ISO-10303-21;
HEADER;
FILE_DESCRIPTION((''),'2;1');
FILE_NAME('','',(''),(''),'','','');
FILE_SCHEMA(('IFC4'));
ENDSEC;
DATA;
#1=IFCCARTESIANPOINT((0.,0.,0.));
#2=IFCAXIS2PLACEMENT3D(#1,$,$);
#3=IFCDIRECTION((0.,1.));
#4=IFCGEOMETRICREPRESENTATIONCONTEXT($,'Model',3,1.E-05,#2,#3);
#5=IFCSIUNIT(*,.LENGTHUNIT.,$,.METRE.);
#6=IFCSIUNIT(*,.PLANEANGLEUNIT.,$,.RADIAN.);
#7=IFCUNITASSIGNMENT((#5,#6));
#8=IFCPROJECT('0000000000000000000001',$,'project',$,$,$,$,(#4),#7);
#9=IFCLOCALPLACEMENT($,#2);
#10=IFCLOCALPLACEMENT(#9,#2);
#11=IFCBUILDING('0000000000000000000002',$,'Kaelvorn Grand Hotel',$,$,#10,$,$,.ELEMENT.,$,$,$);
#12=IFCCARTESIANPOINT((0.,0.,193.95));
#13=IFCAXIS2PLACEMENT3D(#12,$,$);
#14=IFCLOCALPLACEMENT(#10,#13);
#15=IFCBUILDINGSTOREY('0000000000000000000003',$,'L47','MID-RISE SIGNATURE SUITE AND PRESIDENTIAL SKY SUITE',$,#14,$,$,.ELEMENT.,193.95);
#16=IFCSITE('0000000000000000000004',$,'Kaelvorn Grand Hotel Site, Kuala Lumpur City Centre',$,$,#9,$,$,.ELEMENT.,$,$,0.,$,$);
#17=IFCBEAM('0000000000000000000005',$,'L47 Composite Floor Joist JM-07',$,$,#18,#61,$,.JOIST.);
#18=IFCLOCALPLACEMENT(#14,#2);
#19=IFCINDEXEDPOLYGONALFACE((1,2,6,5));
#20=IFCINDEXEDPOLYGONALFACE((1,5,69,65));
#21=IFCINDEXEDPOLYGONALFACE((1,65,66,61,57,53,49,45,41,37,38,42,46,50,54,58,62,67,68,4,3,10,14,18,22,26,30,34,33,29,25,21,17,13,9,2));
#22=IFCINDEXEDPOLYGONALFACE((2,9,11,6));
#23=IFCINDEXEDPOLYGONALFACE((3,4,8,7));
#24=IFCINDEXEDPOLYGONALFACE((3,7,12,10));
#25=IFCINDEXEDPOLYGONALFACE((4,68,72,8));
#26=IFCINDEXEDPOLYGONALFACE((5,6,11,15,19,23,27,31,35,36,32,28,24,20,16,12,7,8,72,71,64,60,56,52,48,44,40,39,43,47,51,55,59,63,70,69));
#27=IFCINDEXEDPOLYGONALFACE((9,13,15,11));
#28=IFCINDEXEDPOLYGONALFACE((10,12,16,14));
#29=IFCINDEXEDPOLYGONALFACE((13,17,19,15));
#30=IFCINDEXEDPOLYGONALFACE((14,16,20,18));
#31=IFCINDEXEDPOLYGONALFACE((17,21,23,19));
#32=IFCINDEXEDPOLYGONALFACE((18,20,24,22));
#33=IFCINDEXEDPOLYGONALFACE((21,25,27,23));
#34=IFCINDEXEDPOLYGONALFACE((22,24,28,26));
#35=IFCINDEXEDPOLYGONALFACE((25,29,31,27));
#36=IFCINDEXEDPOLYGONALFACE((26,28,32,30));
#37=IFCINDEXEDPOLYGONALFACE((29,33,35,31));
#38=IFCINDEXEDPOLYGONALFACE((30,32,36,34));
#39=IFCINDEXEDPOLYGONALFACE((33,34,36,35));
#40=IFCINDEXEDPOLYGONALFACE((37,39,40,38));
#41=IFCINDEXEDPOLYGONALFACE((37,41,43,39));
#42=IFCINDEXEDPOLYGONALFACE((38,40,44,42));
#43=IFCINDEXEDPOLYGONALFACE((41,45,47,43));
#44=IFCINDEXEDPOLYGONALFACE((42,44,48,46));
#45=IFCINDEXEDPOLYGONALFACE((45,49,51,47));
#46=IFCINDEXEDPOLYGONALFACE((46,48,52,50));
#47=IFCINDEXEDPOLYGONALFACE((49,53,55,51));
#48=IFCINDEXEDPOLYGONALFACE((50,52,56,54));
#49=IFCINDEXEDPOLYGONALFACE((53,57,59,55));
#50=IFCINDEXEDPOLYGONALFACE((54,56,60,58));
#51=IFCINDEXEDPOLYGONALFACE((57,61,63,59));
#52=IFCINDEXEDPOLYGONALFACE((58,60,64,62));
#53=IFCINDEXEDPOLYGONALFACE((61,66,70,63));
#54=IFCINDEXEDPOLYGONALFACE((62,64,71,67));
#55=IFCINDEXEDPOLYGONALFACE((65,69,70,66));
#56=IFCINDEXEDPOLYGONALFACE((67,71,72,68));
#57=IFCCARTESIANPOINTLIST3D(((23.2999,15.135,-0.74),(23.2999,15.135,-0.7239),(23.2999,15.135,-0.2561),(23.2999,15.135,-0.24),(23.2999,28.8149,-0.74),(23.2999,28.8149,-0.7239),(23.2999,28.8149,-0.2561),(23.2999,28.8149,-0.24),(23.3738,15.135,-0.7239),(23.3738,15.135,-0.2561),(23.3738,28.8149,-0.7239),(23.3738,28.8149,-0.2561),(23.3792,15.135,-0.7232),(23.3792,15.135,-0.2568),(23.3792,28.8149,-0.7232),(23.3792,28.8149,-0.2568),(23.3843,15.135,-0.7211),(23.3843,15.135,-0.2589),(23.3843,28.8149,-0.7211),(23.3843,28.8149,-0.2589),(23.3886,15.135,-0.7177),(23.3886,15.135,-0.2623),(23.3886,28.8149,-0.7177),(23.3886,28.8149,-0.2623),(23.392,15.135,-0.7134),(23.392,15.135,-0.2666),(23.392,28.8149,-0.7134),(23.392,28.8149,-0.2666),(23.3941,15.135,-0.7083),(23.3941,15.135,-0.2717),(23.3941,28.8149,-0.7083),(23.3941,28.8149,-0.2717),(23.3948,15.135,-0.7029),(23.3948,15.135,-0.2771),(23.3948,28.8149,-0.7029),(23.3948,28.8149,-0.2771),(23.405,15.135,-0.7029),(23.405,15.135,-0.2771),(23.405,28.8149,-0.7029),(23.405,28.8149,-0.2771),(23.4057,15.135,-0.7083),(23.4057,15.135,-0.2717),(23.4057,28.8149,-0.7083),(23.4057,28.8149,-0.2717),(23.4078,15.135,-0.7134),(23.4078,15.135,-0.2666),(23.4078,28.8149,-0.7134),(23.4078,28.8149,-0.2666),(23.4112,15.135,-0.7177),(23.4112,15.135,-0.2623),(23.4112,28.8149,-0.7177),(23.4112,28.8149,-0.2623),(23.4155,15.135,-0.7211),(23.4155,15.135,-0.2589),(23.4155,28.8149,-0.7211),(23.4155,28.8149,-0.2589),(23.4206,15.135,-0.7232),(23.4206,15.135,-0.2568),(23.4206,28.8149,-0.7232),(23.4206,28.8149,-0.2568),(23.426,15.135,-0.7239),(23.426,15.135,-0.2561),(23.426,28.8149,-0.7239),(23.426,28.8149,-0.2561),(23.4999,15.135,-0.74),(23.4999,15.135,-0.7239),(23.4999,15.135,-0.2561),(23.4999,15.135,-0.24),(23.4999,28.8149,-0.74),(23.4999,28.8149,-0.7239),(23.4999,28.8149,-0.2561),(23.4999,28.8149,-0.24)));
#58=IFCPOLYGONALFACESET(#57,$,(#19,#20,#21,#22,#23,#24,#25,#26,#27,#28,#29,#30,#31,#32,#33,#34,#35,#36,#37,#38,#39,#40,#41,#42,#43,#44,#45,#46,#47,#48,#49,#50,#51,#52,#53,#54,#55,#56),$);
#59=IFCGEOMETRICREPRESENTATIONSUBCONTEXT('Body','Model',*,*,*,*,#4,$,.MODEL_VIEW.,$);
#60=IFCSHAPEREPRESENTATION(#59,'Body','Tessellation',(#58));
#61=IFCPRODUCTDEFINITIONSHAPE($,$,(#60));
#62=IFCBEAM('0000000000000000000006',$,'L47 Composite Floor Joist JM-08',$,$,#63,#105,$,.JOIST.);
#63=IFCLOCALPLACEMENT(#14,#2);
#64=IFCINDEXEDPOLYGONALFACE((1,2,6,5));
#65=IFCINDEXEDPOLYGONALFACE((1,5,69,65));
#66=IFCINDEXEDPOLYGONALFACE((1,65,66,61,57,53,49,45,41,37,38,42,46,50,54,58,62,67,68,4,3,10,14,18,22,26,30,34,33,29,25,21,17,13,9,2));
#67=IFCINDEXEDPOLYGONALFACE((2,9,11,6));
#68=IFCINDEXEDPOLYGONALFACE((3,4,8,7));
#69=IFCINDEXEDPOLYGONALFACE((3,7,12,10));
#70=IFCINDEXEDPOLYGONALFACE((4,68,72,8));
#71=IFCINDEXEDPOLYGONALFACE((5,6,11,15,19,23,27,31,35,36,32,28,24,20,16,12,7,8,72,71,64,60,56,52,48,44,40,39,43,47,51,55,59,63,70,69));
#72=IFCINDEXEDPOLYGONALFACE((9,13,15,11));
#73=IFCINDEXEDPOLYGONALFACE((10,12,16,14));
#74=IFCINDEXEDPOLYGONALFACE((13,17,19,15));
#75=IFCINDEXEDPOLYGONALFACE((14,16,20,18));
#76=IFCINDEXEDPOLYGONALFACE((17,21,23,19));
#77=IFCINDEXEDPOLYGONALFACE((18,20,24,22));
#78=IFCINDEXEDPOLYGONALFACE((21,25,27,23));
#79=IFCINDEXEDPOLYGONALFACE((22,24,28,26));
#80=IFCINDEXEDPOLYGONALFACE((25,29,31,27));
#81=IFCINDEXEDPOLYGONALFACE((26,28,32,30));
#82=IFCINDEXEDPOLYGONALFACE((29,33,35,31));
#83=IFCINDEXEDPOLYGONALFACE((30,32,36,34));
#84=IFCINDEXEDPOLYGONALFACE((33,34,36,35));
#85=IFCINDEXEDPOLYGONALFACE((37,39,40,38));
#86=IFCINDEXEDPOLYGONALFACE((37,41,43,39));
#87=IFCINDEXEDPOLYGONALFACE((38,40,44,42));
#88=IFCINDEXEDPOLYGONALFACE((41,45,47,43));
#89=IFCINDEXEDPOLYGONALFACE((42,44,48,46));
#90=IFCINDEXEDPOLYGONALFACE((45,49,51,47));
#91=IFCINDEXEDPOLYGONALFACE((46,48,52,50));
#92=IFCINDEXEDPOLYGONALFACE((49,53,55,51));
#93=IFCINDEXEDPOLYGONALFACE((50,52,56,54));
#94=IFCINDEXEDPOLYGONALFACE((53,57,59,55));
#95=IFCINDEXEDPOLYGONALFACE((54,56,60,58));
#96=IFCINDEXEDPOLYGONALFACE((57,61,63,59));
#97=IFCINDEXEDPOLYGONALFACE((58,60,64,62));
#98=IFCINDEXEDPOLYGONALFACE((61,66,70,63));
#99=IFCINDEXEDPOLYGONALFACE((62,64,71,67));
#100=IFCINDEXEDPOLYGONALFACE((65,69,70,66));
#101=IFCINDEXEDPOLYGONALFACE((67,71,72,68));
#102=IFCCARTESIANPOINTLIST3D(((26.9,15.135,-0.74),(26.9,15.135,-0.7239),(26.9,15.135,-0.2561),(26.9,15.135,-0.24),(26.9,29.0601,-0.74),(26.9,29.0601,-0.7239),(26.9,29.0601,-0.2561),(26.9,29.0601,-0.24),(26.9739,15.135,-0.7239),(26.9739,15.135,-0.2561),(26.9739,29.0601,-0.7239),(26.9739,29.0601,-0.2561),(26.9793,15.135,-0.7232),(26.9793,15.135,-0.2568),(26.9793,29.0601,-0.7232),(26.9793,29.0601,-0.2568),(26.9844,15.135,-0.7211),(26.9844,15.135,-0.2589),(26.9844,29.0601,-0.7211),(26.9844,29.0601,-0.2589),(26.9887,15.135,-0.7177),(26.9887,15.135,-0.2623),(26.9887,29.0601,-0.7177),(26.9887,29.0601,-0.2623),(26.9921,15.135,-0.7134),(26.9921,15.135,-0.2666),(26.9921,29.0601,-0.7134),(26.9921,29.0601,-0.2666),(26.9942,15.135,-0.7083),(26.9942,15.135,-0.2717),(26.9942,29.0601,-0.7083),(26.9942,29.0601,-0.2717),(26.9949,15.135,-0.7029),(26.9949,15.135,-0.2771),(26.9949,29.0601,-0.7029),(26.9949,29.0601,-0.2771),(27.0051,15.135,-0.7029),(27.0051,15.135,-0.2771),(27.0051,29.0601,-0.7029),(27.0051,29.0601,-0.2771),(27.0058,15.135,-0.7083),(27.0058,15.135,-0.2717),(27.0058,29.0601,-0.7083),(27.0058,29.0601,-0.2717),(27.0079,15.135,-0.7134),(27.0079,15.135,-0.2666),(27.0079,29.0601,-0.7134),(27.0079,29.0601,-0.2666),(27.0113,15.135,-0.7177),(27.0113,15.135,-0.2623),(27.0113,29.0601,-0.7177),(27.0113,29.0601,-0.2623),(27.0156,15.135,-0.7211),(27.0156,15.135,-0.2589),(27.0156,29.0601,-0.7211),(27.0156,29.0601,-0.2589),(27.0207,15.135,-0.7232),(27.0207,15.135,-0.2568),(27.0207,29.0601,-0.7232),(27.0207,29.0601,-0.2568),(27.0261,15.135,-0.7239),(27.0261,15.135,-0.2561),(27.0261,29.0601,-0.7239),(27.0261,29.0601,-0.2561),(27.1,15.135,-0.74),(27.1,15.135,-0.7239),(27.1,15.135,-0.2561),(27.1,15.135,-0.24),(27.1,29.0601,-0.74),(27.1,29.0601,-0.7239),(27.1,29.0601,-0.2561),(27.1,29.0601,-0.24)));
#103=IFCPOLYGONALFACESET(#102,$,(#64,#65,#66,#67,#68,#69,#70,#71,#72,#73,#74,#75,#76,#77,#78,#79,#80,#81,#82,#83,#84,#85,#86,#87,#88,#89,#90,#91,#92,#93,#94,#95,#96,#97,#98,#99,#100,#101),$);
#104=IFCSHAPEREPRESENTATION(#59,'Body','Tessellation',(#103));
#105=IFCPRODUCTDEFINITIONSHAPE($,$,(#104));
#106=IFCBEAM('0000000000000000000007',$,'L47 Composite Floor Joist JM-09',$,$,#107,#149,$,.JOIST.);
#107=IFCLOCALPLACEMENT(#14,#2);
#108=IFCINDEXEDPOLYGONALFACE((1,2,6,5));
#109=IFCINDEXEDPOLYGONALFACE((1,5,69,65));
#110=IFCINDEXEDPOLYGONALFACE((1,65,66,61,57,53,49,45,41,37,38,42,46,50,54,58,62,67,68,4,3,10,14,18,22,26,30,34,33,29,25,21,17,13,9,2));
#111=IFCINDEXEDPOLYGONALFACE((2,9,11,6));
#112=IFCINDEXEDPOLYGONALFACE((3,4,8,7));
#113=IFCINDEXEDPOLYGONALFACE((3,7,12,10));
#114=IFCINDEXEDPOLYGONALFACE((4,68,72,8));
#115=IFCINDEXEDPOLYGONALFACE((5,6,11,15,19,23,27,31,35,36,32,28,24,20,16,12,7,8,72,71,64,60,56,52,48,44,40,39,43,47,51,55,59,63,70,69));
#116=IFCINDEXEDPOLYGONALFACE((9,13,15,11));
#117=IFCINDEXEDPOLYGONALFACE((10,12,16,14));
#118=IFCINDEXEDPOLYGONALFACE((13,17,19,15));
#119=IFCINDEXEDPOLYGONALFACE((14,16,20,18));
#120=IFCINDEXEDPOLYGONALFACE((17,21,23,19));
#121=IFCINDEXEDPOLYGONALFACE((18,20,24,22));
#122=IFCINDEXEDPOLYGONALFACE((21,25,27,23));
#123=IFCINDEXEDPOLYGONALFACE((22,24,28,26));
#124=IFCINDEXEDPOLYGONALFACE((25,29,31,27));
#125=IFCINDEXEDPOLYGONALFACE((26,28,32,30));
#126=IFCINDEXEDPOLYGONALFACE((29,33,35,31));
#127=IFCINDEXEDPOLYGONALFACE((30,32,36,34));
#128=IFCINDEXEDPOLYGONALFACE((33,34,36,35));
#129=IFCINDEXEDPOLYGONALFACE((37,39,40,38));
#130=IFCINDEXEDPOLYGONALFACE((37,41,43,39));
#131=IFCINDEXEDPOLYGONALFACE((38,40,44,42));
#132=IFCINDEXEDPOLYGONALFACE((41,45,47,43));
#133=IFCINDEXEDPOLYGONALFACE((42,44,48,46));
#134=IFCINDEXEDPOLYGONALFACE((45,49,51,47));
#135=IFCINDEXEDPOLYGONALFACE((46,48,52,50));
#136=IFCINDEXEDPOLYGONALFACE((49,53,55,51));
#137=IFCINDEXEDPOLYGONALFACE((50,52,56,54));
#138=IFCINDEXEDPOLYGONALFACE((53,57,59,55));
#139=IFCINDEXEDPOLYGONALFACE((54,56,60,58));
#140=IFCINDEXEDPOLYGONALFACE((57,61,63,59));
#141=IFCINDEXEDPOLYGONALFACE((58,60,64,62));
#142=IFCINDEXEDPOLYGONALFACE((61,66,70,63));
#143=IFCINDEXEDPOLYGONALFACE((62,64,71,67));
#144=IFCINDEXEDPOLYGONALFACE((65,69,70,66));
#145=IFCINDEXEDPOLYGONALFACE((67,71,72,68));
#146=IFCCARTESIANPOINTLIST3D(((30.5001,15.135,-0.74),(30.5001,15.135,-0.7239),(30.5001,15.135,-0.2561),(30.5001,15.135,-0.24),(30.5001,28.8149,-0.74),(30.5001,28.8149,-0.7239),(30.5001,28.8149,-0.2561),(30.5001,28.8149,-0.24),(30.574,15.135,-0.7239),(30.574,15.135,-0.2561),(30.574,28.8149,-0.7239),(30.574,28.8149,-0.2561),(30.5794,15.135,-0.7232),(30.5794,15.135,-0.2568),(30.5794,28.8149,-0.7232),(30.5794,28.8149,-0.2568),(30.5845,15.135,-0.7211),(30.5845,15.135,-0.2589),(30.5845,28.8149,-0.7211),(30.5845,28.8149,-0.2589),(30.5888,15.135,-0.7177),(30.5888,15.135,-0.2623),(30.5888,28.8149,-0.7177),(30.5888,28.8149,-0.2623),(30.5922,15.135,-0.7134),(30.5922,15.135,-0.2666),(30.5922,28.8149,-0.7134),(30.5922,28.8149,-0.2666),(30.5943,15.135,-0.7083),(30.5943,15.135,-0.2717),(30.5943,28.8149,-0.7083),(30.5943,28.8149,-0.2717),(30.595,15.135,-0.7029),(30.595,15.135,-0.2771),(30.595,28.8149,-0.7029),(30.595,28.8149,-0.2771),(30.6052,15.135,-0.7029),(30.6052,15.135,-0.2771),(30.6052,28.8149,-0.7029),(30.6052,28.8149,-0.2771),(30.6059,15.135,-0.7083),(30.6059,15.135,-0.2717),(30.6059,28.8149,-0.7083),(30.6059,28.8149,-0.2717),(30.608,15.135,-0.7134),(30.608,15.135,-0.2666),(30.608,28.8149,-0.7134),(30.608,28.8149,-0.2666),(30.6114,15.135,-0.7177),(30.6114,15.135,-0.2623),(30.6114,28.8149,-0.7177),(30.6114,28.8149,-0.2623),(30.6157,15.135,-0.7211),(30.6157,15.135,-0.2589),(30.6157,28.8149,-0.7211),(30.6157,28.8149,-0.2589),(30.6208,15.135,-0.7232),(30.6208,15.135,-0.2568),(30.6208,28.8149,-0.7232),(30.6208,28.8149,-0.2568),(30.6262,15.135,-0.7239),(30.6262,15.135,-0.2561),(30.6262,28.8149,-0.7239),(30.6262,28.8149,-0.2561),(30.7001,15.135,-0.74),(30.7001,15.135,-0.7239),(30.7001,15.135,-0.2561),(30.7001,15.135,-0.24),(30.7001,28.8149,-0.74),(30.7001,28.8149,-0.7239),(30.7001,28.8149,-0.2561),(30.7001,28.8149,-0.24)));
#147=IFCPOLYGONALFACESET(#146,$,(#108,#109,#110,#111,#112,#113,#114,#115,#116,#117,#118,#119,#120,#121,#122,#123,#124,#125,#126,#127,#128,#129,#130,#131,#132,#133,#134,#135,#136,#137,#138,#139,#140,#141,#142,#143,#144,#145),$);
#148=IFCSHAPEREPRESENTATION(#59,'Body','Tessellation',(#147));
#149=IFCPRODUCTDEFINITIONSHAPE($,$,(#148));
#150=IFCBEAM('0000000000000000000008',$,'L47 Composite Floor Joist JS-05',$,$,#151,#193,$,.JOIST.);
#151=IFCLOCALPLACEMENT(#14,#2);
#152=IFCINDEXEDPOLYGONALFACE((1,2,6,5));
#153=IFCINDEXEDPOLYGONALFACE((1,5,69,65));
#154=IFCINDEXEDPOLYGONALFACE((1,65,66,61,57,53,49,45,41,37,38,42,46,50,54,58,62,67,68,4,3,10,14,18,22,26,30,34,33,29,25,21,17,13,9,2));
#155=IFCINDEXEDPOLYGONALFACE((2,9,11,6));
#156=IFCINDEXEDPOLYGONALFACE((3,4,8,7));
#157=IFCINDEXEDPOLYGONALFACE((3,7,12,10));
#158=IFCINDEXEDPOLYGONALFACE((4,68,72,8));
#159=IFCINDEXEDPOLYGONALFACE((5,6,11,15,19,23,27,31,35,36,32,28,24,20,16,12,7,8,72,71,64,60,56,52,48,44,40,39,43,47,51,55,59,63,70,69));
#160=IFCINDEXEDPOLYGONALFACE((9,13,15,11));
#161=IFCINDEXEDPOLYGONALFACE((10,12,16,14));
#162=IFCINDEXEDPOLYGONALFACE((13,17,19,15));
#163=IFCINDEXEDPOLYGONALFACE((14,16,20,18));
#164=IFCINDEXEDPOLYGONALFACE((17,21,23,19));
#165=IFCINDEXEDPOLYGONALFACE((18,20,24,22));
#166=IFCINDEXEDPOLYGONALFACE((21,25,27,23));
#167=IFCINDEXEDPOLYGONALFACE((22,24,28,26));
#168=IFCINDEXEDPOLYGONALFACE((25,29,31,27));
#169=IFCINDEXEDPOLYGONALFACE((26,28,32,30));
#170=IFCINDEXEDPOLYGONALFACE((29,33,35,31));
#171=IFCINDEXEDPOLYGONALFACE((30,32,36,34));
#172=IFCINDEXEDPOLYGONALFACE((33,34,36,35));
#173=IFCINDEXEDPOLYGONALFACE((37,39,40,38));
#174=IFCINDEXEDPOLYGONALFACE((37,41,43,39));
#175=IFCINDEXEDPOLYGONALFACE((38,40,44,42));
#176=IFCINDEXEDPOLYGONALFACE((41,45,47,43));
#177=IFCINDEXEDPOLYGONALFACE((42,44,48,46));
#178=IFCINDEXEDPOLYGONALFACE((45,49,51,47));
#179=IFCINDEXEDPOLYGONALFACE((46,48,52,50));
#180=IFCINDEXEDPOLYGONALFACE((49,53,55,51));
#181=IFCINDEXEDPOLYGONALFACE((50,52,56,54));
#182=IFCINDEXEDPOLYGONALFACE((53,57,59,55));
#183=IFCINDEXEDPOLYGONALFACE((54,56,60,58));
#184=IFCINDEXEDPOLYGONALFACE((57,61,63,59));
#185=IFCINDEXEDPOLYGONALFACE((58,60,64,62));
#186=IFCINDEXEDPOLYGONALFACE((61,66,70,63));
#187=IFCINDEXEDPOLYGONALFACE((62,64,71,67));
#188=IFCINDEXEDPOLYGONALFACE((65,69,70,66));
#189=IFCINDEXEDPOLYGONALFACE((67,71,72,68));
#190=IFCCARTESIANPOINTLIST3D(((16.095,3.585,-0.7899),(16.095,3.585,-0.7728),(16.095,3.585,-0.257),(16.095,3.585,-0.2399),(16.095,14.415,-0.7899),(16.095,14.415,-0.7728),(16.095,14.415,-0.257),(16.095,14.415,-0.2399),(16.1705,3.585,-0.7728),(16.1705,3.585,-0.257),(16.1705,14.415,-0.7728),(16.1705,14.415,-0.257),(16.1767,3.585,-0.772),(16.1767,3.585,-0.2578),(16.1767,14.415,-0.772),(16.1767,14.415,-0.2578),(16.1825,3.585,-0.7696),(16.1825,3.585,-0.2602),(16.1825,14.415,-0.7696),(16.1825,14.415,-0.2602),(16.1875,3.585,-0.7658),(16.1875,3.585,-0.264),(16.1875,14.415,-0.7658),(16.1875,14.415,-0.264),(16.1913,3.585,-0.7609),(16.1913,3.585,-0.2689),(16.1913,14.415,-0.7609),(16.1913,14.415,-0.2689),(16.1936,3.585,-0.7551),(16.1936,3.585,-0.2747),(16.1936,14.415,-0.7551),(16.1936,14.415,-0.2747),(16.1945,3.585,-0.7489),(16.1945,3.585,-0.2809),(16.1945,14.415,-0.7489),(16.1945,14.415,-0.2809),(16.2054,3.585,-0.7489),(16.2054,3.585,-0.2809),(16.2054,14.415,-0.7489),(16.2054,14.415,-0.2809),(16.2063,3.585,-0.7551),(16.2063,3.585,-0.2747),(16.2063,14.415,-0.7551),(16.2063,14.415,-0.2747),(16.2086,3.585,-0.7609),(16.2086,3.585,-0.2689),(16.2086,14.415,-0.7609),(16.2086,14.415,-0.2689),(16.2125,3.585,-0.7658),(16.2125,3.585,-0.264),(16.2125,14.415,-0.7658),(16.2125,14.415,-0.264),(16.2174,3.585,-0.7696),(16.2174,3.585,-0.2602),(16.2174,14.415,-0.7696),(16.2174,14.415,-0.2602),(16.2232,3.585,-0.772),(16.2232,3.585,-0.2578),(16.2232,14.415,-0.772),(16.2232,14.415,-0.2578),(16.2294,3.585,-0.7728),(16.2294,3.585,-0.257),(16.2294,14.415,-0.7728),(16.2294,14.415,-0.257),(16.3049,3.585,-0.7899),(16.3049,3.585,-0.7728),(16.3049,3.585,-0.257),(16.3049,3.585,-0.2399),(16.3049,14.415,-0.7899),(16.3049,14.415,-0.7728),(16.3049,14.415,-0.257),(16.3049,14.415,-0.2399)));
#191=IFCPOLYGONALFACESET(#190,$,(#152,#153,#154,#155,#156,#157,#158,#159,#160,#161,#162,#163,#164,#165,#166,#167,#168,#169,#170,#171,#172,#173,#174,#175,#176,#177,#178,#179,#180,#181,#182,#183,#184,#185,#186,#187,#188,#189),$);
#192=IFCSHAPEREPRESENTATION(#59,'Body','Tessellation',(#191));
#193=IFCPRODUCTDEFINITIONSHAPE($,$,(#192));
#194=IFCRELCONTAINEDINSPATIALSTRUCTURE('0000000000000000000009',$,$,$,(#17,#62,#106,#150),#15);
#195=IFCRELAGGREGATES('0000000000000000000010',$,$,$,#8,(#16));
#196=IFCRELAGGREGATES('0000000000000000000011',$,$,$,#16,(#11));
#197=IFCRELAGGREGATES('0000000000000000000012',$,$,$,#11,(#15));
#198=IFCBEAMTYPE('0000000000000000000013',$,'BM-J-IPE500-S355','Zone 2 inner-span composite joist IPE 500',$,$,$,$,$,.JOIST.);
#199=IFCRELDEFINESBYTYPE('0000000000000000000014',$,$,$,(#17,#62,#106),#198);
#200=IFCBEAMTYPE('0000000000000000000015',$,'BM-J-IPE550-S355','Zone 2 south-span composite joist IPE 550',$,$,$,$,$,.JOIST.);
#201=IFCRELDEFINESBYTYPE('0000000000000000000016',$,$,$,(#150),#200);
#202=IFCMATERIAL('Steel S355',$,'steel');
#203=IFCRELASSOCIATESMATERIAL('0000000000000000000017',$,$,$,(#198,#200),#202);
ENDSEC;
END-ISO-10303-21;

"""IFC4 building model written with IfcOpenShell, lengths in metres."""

from ifc_helpers import new_model, si_unit, direction, frame, origin, origin_2d, place, context, subcontext, project, spatial, i_section, extrude, material, material_profile, profile_set, type_object, element, save


model = new_model("IFC4")

# Units and contexts
model_context = context("Model", 3, precision=1e-05, world=origin(), true_north=direction((0.0, 1.0)))
body_context = subcontext(model_context, "Body", "Model", "MODEL_VIEW")
ifc_project = project(units=[si_unit("LENGTHUNIT", "METRE"), si_unit("PLANEANGLEUNIT", "RADIAN")], contexts=[model_context])

# Site, building, storey
site_placement = place(None, origin())
site = spatial("IfcSite", under=ifc_project, at=site_placement, Name="Kaelvorn Grand Hotel Site, Kuala Lumpur City Centre", CompositionType="ELEMENT", RefElevation=0.0)
building_placement = place(site_placement, origin())
building = spatial("IfcBuilding", under=site, at=building_placement, Name="Kaelvorn Grand Hotel", CompositionType="ELEMENT")
storey_placement = place(building_placement, frame((0.0, 0.0, 193.95)))
storey = spatial("IfcBuildingStorey", under=building, at=storey_placement, Name="L47", Description="MID-RISE SIGNATURE SUITE AND PRESIDENTIAL SKY SUITE", CompositionType="ELEMENT", Elevation=193.95)

# Beams
ifc_material_1 = material(Name="Steel S355", Category="steel")
ifc_material_profile_1 = material_profile(ifc_material_1, i_section(OverallWidth=0.2, OverallDepth=0.5, WebThickness=0.0103, FlangeThickness=0.0161, FilletRadius=0.021, at=origin_2d()), Name="IPE 500")
ifc_profile_set_1 = profile_set([ifc_material_profile_1], Name="Steel S355")
beam_type_1 = type_object("IfcBeamType", Name="BM-J-IPE500-S355", Description="Zone 2 inner-span composite joist IPE 500", PredefinedType="JOIST", material=ifc_profile_set_1)
beam_1_placement = place(storey_placement, frame((23.3999, 15.135, -0.49), z_axis=(0.0, 1.0, 0.0), x_axis=(-1.0, 0.0, 0.0)))
element("IfcBeam", 1, at=beam_1_placement, inside=storey, type_object=beam_type_1, Name="L47 Composite Floor Joist JM-07", PredefinedType="JOIST", context=body_context, shape_type="SweptSolid", body=[
    extrude(i_section(OverallWidth=0.2, OverallDepth=0.5, WebThickness=0.0103, FlangeThickness=0.0161, FilletRadius=0.021, at=origin_2d()), origin(), (0.0, 0.0, 1.0), 13.6799),
])
beam_2_placement = place(storey_placement, frame((27.0, 15.135, -0.49), z_axis=(0.0, 1.0, 0.0), x_axis=(-1.0, 0.0, 0.0)))
element("IfcBeam", 2, at=beam_2_placement, inside=storey, type_object=beam_type_1, Name="L47 Composite Floor Joist JM-08", PredefinedType="JOIST", context=body_context, shape_type="SweptSolid", body=[
    extrude(i_section(OverallWidth=0.2, OverallDepth=0.5, WebThickness=0.0103, FlangeThickness=0.0161, FilletRadius=0.021, at=origin_2d()), origin(), (0.0, 0.0, 1.0), 13.925),
])
beam_3_placement = place(storey_placement, frame((30.6001, 15.135, -0.49), z_axis=(0.0, 1.0, 0.0), x_axis=(-1.0, 0.0, 0.0)))
element("IfcBeam", 3, at=beam_3_placement, inside=storey, type_object=beam_type_1, Name="L47 Composite Floor Joist JM-09", PredefinedType="JOIST", context=body_context, shape_type="SweptSolid", body=[
    extrude(i_section(OverallWidth=0.2, OverallDepth=0.5, WebThickness=0.0103, FlangeThickness=0.0161, FilletRadius=0.021, at=origin_2d()), origin(), (0.0, 0.0, 1.0), 13.6799),
])
ifc_material_profile_2 = material_profile(ifc_material_1, i_section(OverallWidth=0.21, OverallDepth=0.55, WebThickness=0.011, FlangeThickness=0.0171, FilletRadius=0.0239, at=origin_2d()), Name="IPE 550")
ifc_profile_set_2 = profile_set([ifc_material_profile_2], Name="Steel S355")
beam_type_2 = type_object("IfcBeamType", Name="BM-J-IPE550-S355", Description="Zone 2 south-span composite joist IPE 550", PredefinedType="JOIST", material=ifc_profile_set_2)
beam_4_placement = place(storey_placement, frame((16.2, 3.585, -0.5149), z_axis=(0.0, 1.0, 0.0), x_axis=(-1.0, 0.0, 0.0)))
element("IfcBeam", 4, at=beam_4_placement, inside=storey, type_object=beam_type_2, Name="L47 Composite Floor Joist JS-05", PredefinedType="JOIST", context=body_context, shape_type="SweptSolid", body=[
    extrude(i_section(OverallWidth=0.21, OverallDepth=0.55, WebThickness=0.011, FlangeThickness=0.0171, FilletRadius=0.0239, at=origin_2d()), origin(), (0.0, 0.0, 1.0), 10.8301),
])

save(model, "model.ifc")
